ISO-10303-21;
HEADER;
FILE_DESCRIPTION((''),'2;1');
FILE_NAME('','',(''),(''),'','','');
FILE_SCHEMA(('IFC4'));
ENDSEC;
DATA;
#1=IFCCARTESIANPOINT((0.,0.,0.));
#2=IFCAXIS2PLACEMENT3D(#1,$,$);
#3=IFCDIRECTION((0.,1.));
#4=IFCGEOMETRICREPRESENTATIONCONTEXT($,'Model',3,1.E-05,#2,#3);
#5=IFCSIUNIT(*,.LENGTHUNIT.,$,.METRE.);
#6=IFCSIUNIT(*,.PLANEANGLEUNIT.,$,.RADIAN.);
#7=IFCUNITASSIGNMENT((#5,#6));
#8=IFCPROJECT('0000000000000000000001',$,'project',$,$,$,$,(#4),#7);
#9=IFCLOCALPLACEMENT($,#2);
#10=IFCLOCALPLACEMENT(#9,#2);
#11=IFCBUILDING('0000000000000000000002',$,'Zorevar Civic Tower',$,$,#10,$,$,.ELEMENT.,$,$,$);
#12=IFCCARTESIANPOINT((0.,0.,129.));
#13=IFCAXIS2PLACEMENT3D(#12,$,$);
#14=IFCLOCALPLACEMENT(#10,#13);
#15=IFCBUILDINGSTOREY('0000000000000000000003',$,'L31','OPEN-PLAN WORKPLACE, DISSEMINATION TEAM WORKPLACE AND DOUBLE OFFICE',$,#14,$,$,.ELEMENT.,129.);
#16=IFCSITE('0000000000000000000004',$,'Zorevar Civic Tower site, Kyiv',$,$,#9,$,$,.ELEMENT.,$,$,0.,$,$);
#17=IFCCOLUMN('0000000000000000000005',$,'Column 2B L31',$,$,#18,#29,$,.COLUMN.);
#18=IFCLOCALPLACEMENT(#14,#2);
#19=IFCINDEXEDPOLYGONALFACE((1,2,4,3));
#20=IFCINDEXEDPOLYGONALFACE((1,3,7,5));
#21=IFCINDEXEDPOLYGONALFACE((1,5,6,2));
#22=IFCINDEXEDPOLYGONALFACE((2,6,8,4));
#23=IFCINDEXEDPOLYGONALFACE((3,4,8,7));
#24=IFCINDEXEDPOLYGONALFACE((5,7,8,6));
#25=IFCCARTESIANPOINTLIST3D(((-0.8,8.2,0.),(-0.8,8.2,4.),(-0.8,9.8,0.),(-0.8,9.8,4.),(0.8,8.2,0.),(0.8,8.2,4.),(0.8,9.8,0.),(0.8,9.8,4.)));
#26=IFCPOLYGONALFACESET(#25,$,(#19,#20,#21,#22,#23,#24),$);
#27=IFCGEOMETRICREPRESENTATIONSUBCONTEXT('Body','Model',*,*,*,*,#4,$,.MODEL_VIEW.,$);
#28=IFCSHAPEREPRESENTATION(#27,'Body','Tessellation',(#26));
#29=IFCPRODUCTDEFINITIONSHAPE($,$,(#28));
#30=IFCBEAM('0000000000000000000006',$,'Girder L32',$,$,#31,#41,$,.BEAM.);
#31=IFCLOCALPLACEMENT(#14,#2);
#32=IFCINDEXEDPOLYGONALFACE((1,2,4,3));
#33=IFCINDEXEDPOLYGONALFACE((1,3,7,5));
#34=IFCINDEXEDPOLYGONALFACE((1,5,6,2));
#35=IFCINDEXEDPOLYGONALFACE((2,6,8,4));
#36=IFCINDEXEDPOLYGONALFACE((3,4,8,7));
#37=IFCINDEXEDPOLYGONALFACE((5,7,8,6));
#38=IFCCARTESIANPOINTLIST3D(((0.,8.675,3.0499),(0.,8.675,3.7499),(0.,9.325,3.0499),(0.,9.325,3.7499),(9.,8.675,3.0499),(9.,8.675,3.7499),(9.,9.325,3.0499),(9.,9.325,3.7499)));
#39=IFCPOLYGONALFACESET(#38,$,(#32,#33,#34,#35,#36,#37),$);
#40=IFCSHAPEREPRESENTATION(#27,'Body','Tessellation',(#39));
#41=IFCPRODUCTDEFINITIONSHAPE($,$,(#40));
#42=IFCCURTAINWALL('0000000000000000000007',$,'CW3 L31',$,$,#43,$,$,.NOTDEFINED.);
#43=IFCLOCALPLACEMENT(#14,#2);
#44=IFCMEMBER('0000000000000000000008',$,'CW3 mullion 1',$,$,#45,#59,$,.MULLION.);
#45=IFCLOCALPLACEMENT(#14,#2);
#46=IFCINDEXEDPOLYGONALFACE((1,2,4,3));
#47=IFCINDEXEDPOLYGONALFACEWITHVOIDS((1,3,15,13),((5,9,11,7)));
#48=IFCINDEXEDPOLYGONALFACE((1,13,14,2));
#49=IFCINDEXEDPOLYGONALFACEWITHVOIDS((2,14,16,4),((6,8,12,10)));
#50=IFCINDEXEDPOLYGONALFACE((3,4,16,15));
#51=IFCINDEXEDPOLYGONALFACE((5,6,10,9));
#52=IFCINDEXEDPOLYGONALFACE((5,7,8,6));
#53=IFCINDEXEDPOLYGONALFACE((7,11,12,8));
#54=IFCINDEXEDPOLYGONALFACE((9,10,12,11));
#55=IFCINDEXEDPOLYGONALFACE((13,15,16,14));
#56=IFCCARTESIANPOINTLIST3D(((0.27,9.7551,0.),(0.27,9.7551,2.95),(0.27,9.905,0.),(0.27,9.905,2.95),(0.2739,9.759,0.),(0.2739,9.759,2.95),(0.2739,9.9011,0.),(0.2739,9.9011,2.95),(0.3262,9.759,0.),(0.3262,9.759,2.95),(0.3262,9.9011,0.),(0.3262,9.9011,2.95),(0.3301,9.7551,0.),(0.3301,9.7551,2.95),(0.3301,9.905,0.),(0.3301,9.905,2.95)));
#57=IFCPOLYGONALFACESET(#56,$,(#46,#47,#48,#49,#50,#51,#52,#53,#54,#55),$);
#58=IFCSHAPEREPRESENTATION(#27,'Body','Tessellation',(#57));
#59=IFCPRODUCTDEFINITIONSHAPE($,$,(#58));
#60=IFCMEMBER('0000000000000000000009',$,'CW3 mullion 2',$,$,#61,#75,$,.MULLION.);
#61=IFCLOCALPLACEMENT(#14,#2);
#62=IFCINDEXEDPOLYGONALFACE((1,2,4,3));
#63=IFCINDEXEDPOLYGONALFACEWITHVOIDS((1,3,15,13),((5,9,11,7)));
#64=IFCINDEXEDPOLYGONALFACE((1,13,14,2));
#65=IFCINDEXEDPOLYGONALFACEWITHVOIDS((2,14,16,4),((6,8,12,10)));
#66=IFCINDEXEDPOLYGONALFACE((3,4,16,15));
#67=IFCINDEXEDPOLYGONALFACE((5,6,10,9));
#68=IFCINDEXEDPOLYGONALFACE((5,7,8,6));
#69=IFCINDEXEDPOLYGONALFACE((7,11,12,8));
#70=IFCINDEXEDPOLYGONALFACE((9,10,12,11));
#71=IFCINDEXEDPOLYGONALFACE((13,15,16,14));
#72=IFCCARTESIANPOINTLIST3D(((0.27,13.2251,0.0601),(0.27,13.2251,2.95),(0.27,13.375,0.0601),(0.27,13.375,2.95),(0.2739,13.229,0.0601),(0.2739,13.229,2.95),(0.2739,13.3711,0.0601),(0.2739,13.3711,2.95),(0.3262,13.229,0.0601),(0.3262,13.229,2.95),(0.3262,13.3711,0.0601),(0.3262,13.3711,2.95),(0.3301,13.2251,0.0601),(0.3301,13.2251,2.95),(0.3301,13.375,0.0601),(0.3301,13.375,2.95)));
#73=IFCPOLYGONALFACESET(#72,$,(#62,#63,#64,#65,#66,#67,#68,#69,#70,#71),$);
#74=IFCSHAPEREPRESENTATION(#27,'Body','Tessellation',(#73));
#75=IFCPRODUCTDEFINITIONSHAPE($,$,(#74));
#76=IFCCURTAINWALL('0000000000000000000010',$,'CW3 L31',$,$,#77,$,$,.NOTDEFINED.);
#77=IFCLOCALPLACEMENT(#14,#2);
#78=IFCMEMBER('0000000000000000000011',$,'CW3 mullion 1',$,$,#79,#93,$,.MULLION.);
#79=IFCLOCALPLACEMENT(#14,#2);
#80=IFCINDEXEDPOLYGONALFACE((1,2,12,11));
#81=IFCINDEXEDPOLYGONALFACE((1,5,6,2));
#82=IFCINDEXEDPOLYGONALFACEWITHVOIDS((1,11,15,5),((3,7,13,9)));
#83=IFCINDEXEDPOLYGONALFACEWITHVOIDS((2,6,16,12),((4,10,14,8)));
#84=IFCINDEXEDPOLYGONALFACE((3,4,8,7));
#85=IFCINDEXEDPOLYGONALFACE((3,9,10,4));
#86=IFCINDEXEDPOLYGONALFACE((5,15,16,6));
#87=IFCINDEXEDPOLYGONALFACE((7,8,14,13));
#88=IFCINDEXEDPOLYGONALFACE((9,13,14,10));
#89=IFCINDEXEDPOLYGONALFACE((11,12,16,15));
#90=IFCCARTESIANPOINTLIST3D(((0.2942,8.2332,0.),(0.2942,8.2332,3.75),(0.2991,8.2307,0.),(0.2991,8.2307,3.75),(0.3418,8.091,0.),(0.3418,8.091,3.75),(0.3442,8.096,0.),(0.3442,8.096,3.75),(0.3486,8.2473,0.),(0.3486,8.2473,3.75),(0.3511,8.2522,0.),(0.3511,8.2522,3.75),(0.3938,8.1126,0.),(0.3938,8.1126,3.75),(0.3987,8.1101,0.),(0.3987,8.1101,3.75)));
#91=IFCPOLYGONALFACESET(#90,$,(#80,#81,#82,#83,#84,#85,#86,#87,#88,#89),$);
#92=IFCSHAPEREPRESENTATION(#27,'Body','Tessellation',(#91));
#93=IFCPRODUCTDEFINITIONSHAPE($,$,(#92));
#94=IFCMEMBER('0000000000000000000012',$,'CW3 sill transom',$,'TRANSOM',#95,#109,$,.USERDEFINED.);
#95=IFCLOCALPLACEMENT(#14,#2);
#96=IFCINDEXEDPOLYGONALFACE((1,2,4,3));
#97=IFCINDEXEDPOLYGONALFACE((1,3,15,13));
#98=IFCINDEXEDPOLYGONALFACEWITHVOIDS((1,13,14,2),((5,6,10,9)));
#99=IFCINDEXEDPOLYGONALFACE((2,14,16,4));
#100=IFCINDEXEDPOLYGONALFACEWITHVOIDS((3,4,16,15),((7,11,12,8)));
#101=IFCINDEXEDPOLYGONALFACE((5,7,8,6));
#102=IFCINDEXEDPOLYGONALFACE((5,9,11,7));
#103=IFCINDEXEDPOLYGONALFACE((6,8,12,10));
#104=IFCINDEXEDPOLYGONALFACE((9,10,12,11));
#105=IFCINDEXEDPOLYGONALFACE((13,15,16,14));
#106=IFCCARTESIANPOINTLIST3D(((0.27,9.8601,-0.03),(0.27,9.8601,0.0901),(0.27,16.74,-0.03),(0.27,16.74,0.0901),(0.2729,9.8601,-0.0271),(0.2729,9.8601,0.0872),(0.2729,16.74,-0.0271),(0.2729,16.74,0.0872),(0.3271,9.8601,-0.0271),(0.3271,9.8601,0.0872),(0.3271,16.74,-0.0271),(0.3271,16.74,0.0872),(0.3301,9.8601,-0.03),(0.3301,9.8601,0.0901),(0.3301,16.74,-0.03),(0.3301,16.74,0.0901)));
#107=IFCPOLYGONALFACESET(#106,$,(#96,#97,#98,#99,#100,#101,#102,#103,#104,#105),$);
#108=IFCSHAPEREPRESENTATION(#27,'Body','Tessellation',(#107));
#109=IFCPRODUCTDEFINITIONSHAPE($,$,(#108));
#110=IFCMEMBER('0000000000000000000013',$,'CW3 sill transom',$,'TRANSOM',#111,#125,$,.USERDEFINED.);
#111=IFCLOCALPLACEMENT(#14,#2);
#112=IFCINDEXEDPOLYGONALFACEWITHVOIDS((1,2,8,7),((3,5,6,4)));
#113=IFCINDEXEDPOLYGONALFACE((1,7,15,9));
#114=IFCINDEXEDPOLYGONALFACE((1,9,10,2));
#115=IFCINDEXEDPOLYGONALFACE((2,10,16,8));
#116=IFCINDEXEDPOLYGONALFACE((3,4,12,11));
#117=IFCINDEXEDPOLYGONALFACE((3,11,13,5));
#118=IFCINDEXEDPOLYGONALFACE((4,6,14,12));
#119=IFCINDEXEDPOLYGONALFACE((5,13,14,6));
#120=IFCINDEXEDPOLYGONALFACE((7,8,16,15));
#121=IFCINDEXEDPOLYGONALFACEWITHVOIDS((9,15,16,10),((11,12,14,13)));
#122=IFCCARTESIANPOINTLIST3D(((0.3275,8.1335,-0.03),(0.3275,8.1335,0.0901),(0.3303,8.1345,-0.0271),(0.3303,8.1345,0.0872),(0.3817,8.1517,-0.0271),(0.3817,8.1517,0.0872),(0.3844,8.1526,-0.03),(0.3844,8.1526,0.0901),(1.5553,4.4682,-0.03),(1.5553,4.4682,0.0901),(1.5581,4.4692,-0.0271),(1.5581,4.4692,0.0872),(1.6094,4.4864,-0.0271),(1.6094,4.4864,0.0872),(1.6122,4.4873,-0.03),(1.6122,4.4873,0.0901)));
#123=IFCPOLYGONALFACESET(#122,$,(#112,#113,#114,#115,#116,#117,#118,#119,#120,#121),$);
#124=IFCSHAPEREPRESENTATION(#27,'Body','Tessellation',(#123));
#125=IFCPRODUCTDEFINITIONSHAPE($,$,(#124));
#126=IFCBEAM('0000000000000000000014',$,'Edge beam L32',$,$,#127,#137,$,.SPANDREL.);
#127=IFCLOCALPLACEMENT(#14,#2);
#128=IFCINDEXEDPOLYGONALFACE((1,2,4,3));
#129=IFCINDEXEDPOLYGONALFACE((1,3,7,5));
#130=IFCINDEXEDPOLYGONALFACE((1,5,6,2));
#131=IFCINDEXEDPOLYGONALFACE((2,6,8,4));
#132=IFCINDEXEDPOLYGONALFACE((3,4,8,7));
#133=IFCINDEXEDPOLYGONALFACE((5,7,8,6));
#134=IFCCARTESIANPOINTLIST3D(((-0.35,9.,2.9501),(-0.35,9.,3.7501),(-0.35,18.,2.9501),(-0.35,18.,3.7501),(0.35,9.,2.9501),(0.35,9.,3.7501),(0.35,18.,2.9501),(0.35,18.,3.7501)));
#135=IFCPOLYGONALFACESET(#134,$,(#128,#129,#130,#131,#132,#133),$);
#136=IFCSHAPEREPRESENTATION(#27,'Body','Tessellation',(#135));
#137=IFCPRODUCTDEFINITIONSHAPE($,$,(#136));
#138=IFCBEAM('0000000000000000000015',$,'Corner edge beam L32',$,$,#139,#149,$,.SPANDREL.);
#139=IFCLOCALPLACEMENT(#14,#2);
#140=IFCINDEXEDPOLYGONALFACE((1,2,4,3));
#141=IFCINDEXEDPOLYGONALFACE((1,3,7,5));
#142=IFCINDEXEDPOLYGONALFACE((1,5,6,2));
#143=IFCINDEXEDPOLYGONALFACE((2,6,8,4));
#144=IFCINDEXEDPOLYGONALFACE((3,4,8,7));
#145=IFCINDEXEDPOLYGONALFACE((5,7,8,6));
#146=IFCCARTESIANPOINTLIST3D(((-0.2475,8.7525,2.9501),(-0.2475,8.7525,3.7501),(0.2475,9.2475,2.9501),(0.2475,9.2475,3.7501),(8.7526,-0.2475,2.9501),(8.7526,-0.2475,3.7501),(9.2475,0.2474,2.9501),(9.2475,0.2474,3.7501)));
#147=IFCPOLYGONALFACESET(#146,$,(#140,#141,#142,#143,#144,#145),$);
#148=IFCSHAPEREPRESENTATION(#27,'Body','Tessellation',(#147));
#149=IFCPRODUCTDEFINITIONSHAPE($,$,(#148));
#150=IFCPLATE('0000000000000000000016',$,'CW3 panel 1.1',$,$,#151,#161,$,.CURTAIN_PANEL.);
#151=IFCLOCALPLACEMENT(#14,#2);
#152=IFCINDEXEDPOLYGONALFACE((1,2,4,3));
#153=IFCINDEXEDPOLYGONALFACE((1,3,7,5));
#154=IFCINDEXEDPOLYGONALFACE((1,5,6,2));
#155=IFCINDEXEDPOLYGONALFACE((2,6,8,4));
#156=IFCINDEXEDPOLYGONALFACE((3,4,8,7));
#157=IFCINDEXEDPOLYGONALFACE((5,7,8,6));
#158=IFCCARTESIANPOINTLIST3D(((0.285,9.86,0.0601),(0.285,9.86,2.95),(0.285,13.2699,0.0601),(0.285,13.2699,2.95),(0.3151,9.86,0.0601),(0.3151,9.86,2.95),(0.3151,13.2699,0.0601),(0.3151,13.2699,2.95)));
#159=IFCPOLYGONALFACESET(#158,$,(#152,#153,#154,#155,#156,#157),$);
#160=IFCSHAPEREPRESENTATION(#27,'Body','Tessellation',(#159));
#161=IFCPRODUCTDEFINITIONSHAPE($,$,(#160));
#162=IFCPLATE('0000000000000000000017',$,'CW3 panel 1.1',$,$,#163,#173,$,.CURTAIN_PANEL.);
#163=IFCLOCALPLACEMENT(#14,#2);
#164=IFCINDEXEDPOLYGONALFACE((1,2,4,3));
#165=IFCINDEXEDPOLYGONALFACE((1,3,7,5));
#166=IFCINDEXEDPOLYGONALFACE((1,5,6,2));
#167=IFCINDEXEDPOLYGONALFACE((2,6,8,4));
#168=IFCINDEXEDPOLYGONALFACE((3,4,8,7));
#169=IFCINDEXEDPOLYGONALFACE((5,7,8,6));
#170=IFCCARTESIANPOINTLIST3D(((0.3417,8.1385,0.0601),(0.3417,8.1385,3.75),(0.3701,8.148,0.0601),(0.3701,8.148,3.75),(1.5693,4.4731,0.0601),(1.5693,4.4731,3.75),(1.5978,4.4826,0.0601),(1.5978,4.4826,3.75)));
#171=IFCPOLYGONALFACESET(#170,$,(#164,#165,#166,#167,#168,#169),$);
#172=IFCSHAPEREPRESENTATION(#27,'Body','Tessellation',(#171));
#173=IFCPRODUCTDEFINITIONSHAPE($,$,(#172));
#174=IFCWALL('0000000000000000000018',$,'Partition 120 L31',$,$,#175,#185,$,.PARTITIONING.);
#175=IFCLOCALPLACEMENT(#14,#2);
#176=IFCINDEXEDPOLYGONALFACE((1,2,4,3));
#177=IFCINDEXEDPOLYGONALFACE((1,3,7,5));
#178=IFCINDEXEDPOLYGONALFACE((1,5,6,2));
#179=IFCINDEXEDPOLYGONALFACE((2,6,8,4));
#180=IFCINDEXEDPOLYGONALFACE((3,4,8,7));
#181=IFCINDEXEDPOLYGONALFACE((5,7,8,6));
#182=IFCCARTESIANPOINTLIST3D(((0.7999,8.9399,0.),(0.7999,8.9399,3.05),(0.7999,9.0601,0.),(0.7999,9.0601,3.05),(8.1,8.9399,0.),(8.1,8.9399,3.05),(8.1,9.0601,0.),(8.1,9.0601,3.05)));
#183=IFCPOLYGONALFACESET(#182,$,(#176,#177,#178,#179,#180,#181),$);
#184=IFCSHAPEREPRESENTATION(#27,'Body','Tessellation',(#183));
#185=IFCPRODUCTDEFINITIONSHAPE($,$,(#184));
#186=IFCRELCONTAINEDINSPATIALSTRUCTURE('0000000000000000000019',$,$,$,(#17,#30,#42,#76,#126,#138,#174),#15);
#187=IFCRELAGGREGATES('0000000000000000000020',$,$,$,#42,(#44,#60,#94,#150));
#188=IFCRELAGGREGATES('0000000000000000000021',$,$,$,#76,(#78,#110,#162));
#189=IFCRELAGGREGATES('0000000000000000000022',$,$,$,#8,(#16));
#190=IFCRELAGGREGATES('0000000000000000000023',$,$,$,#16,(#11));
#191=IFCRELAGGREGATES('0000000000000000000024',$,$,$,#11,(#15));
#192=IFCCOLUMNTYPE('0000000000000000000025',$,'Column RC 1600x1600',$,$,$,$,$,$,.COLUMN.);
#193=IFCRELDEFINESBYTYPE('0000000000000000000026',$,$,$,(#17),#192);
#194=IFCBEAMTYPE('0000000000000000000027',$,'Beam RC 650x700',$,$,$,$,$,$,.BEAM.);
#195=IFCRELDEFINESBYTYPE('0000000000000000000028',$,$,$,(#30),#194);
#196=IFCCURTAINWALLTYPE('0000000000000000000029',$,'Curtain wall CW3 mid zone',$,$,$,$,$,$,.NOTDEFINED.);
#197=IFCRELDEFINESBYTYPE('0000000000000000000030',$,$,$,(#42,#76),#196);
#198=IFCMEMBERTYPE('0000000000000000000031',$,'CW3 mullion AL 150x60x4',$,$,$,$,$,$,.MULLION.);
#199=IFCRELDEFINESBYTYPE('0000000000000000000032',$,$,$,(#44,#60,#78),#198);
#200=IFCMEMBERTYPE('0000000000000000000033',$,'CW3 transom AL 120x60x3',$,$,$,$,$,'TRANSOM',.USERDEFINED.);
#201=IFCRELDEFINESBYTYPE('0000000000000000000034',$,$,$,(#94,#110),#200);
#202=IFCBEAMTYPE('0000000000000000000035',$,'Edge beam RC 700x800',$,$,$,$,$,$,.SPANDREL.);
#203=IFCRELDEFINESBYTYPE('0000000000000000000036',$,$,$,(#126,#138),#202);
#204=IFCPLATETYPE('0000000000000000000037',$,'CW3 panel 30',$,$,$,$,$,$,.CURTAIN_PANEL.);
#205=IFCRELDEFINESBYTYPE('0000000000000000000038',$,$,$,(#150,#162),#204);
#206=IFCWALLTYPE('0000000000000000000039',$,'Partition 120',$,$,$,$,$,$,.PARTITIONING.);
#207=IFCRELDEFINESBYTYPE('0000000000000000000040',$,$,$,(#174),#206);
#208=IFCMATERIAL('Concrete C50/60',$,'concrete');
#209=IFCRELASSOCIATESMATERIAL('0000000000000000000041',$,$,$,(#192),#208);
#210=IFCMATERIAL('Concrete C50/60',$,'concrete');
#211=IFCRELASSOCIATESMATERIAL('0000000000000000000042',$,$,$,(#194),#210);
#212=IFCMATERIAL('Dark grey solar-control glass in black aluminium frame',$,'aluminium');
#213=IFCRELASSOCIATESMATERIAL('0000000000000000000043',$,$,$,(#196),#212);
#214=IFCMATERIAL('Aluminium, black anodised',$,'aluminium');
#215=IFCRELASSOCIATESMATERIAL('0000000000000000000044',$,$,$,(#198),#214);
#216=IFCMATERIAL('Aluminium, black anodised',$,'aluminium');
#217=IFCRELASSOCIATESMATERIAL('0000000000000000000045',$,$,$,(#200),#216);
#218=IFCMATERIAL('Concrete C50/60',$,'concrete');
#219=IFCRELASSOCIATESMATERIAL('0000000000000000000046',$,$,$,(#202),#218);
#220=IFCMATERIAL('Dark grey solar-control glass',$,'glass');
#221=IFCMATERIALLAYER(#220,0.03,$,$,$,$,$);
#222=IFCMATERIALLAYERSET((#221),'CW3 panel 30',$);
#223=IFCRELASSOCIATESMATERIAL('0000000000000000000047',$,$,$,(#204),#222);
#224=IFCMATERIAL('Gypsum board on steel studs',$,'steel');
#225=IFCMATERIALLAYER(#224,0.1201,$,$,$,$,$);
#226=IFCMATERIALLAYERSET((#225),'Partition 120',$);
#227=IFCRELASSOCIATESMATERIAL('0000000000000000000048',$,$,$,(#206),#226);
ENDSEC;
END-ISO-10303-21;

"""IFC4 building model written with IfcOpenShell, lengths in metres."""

from ifc_helpers import new_model, si_unit, direction, frame, frame_2d, origin, origin_2d, place, context, subcontext, project, spatial, rectangle, hollow_rectangle, extrude, material, layer, layer_set, material_profile, profile_set, type_object, element, aggregate, save


model = new_model("IFC4")

# Units and contexts
model_context = context("Model", 3, precision=1e-05, world=origin(), true_north=direction((0.0, 1.0)))
body_context = subcontext(model_context, "Body", "Model", "MODEL_VIEW")
ifc_project = project(units=[si_unit("LENGTHUNIT", "METRE"), si_unit("PLANEANGLEUNIT", "RADIAN")], contexts=[model_context])

# Site, building, storey
site_placement = place(None, origin())
site = spatial("IfcSite", under=ifc_project, at=site_placement, Name="Zorevar Civic Tower site, Kyiv", CompositionType="ELEMENT", RefElevation=0.0)
building_placement = place(site_placement, origin())
building = spatial("IfcBuilding", under=site, at=building_placement, Name="Zorevar Civic Tower", CompositionType="ELEMENT")
storey_placement = place(building_placement, frame((0.0, 0.0, 129.0)))
storey = spatial("IfcBuildingStorey", under=building, at=storey_placement, Name="L31", Description="OPEN-PLAN WORKPLACE, DISSEMINATION TEAM WORKPLACE AND DOUBLE OFFICE", CompositionType="ELEMENT", Elevation=129.0)

# Column
ifc_material_1 = material(Name="Concrete C50/60", Category="concrete")
ifc_material_profile_1 = material_profile(ifc_material_1, rectangle(XDim=1.6001, YDim=1.6001, at=origin_2d()), Name="RC 1600x1600")
ifc_profile_set_1 = profile_set([ifc_material_profile_1], Name="Concrete C50/60")
column_type = type_object("IfcColumnType", Name="Column RC 1600x1600", PredefinedType="COLUMN", material=ifc_profile_set_1)
column_placement = place(storey_placement, frame((0.0, 9.0, 0.0), z_axis=(0.0, 0.0, 1.0), x_axis=(1.0, 0.0, 0.0)))
element("IfcColumn", 1, at=column_placement, inside=storey, type_object=column_type, Name="Column 2B L31", PredefinedType="COLUMN", context=body_context, shape_type="SweptSolid", body=[
    extrude(rectangle(XDim=1.6001, YDim=1.6001, at=origin_2d()), origin(), (0.0, 0.0, 1.0), 4.0),
])

# Beam
ifc_material_2 = material(Name="Concrete C50/60", Category="concrete")
ifc_material_profile_2 = material_profile(ifc_material_2, rectangle(XDim=0.6499, YDim=0.7, at=origin_2d()), Name="RC 650x700")
ifc_profile_set_2 = profile_set([ifc_material_profile_2], Name="Concrete C50/60")
beam_type_1 = type_object("IfcBeamType", Name="Beam RC 650x700", PredefinedType="BEAM", material=ifc_profile_set_2)
beam_1_placement = place(storey_placement, frame((0.0, 9.0, 3.3999), z_axis=(1.0, 0.0, 0.0), x_axis=(0.0, 1.0, 0.0)))
element("IfcBeam", 2, at=beam_1_placement, inside=storey, type_object=beam_type_1, Name="Girder L32", PredefinedType="BEAM", context=body_context, shape_type="SweptSolid", body=[
    extrude(rectangle(XDim=0.6499, YDim=0.7, at=origin_2d()), origin(), (0.0, 0.0, 1.0), 9.0),
])

# Curtain wall, members
ifc_material_3 = material(Name="Dark grey solar-control glass in black aluminium frame", Category="aluminium")
curtain_wall_type = type_object("IfcCurtainWallType", Name="Curtain wall CW3 mid zone", PredefinedType="NOTDEFINED", material=ifc_material_3)
curtain_wall_1_placement = place(storey_placement, origin())
curtain_wall_1 = element("IfcCurtainWall", 3, at=curtain_wall_1_placement, inside=storey, type_object=curtain_wall_type, Name="CW3 L31", PredefinedType="NOTDEFINED")
ifc_material_4 = material(Name="Aluminium, black anodised", Category="aluminium")
ifc_material_profile_3 = material_profile(ifc_material_4, hollow_rectangle(XDim=0.0601, YDim=0.1499, WallThickness=0.0039, at=origin_2d()), Name="AL 150x60x4")
ifc_profile_set_3 = profile_set([ifc_material_profile_3], Name="Aluminium, black anodised")
member_type_1 = type_object("IfcMemberType", Name="CW3 mullion AL 150x60x4", PredefinedType="MULLION", material=ifc_profile_set_3)
member_1_placement = place(storey_placement, frame((0.3, 9.8301, 0.0), z_axis=(0.0, 0.0, 1.0), x_axis=(-1.0, 0.0, 0.0)))
member_1 = element("IfcMember", 4, at=member_1_placement, type_object=member_type_1, Name="CW3 mullion 1", PredefinedType="MULLION", context=body_context, shape_type="SweptSolid", body=[
    extrude(hollow_rectangle(XDim=0.0601, YDim=0.1499, WallThickness=0.0039, at=origin_2d()), origin(), (0.0, 0.0, 1.0), 2.95),
])
member_2_placement = place(storey_placement, frame((0.3, 13.3, 0.0601), z_axis=(0.0, 0.0, 1.0), x_axis=(-1.0, 0.0, 0.0)))
member_2 = element("IfcMember", 5, at=member_2_placement, type_object=member_type_1, Name="CW3 mullion 2", PredefinedType="MULLION", context=body_context, shape_type="SweptSolid", body=[
    extrude(hollow_rectangle(XDim=0.0601, YDim=0.1499, WallThickness=0.0039, at=origin_2d()), origin(), (0.0, 0.0, 1.0), 2.8899),
])

# Curtain wall, member
curtain_wall_2_placement = place(storey_placement, origin())
curtain_wall_2 = element("IfcCurtainWall", 6, at=curtain_wall_2_placement, inside=storey, type_object=curtain_wall_type, Name="CW3 L31", PredefinedType="NOTDEFINED")
member_3_placement = place(storey_placement, frame((0.3464, 8.1716, 0.0), z_axis=(0.0, 0.0, 1.0), x_axis=(0.948227, 0.317593, 0.0)))
member_3 = element("IfcMember", 7, at=member_3_placement, type_object=member_type_1, Name="CW3 mullion 1", PredefinedType="MULLION", context=body_context, shape_type="SweptSolid", body=[
    extrude(hollow_rectangle(XDim=0.0601, YDim=0.1499, WallThickness=0.0039, at=origin_2d()), origin(), (0.0, 0.0, 1.0), 3.75),
])

# Members
ifc_material_5 = material(Name="Aluminium, black anodised", Category="aluminium")
ifc_material_profile_4 = material_profile(ifc_material_5, hollow_rectangle(XDim=0.0601, YDim=0.1201, WallThickness=0.0029, at=origin_2d()), Name="AL 120x60x3")
ifc_profile_set_4 = profile_set([ifc_material_profile_4], Name="Aluminium, black anodised")
member_type_2 = type_object("IfcMemberType", Name="CW3 transom AL 120x60x3", ElementType="TRANSOM", PredefinedType="USERDEFINED", material=ifc_profile_set_4)
member_4_placement = place(storey_placement, frame((0.3, 9.8601, 0.03), z_axis=(0.0, 1.0, 0.0), x_axis=(-1.0, 0.0, 0.0)))
member_4 = element("IfcMember", 8, at=member_4_placement, type_object=member_type_2, Name="CW3 sill transom", ObjectType="TRANSOM", PredefinedType="USERDEFINED", context=body_context, shape_type="SweptSolid", body=[
    extrude(hollow_rectangle(XDim=0.0601, YDim=0.1201, WallThickness=0.0029, at=origin_2d()), origin(), (0.0, 0.0, 1.0), 6.8799),
])
member_5_placement = place(storey_placement, frame((0.356, 8.1431, 0.03), z_axis=(0.31763, -0.948215, 0.0), x_axis=(0.948215, 0.31763, 0.0)))
member_5 = element("IfcMember", 9, at=member_5_placement, type_object=member_type_2, Name="CW3 sill transom", ObjectType="TRANSOM", PredefinedType="USERDEFINED", context=body_context, shape_type="SweptSolid", body=[
    extrude(hollow_rectangle(XDim=0.0601, YDim=0.1201, WallThickness=0.0029, at=origin_2d()), origin(), (0.0, 0.0, 1.0), 3.8655),
])

# Beams
ifc_material_6 = material(Name="Concrete C50/60", Category="concrete")
ifc_material_profile_5 = material_profile(ifc_material_6, rectangle(XDim=0.7, YDim=0.8, at=origin_2d()), Name="RC 700x800")
ifc_profile_set_5 = profile_set([ifc_material_profile_5], Name="Concrete C50/60")
beam_type_2 = type_object("IfcBeamType", Name="Edge beam RC 700x800", PredefinedType="SPANDREL", material=ifc_profile_set_5)
beam_2_placement = place(storey_placement, frame((0.0, 9.0, 3.3501), z_axis=(0.0, 1.0, 0.0), x_axis=(-1.0, 0.0, 0.0)))
element("IfcBeam", 10, at=beam_2_placement, inside=storey, type_object=beam_type_2, Name="Edge beam L32", PredefinedType="SPANDREL", context=body_context, shape_type="SweptSolid", body=[
    extrude(rectangle(XDim=0.7, YDim=0.8, at=origin_2d()), origin(), (0.0, 0.0, 1.0), 9.0),
])
beam_3_placement = place(storey_placement, frame((0.0, 9.0, 3.3501), z_axis=(0.707107, -0.707107, 0.0), x_axis=(0.707107, 0.707107, 0.0)))
element("IfcBeam", 11, at=beam_3_placement, inside=storey, type_object=beam_type_2, Name="Corner edge beam L32", PredefinedType="SPANDREL", context=body_context, shape_type="SweptSolid", body=[
    extrude(rectangle(XDim=0.7, YDim=0.8, at=origin_2d()), origin(), (0.0, 0.0, 1.0), 12.728),
])

# Plates
ifc_material_7 = material(Name="Dark grey solar-control glass", Category="glass")
ifc_layer_1 = layer(ifc_material_7, 0.03)
ifc_layer_set_1 = layer_set([ifc_layer_1], Name="CW3 panel 30")
plate_type = type_object("IfcPlateType", Name="CW3 panel 30", PredefinedType="CURTAIN_PANEL", material=ifc_layer_set_1)
plate_1_placement = place(storey_placement, frame((0.3, 11.5649, 0.0601), z_axis=(0.0, 0.0, 1.0), x_axis=(0.0, 1.0, 0.0)))
plate_1 = element("IfcPlate", 12, at=plate_1_placement, type_object=plate_type, Name="CW3 panel 1.1", PredefinedType="CURTAIN_PANEL", context=body_context, shape_type="SweptSolid", body=[
    extrude(rectangle(XDim=3.4099, YDim=0.03, at=origin_2d()), origin(), (0.0, 0.0, 1.0), 2.8899),
])
aggregate(curtain_wall_1, [member_1, member_2, member_4, plate_1])
plate_2_placement = place(storey_placement, frame((0.9697, 6.3105, 0.0601), z_axis=(0.0, 0.0, 1.0), x_axis=(0.317593, -0.948227, 0.0)))
plate_2 = element("IfcPlate", 13, at=plate_2_placement, type_object=plate_type, Name="CW3 panel 1.1", PredefinedType="CURTAIN_PANEL", context=body_context, shape_type="SweptSolid", body=[
    extrude(rectangle(XDim=3.8655, YDim=0.03, at=origin_2d()), origin(), (0.0, 0.0, 1.0), 3.6899),
])
aggregate(curtain_wall_2, [member_3, member_5, plate_2])

# Wall
ifc_material_8 = material(Name="Gypsum board on steel studs", Category="steel")
ifc_layer_2 = layer(ifc_material_8, 0.1201)
ifc_layer_set_2 = layer_set([ifc_layer_2], Name="Partition 120")
wall_type = type_object("IfcWallType", Name="Partition 120", PredefinedType="PARTITIONING", material=ifc_layer_set_2)
wall_placement = place(storey_placement, frame((0.8, 9.0, 0.0), z_axis=(0.0, 0.0, 1.0), x_axis=(1.0, 0.0, 0.0)))
element("IfcWall", 14, at=wall_placement, inside=storey, type_object=wall_type, Name="Partition 120 L31", PredefinedType="PARTITIONING", context=body_context, shape_type="SweptSolid", body=[
    extrude(rectangle(XDim=7.3, YDim=0.1201, at=frame_2d((3.6499, 0.0))), origin(), (0.0, 0.0, 1.0), 3.05),
])

save(model, "model.ifc")
